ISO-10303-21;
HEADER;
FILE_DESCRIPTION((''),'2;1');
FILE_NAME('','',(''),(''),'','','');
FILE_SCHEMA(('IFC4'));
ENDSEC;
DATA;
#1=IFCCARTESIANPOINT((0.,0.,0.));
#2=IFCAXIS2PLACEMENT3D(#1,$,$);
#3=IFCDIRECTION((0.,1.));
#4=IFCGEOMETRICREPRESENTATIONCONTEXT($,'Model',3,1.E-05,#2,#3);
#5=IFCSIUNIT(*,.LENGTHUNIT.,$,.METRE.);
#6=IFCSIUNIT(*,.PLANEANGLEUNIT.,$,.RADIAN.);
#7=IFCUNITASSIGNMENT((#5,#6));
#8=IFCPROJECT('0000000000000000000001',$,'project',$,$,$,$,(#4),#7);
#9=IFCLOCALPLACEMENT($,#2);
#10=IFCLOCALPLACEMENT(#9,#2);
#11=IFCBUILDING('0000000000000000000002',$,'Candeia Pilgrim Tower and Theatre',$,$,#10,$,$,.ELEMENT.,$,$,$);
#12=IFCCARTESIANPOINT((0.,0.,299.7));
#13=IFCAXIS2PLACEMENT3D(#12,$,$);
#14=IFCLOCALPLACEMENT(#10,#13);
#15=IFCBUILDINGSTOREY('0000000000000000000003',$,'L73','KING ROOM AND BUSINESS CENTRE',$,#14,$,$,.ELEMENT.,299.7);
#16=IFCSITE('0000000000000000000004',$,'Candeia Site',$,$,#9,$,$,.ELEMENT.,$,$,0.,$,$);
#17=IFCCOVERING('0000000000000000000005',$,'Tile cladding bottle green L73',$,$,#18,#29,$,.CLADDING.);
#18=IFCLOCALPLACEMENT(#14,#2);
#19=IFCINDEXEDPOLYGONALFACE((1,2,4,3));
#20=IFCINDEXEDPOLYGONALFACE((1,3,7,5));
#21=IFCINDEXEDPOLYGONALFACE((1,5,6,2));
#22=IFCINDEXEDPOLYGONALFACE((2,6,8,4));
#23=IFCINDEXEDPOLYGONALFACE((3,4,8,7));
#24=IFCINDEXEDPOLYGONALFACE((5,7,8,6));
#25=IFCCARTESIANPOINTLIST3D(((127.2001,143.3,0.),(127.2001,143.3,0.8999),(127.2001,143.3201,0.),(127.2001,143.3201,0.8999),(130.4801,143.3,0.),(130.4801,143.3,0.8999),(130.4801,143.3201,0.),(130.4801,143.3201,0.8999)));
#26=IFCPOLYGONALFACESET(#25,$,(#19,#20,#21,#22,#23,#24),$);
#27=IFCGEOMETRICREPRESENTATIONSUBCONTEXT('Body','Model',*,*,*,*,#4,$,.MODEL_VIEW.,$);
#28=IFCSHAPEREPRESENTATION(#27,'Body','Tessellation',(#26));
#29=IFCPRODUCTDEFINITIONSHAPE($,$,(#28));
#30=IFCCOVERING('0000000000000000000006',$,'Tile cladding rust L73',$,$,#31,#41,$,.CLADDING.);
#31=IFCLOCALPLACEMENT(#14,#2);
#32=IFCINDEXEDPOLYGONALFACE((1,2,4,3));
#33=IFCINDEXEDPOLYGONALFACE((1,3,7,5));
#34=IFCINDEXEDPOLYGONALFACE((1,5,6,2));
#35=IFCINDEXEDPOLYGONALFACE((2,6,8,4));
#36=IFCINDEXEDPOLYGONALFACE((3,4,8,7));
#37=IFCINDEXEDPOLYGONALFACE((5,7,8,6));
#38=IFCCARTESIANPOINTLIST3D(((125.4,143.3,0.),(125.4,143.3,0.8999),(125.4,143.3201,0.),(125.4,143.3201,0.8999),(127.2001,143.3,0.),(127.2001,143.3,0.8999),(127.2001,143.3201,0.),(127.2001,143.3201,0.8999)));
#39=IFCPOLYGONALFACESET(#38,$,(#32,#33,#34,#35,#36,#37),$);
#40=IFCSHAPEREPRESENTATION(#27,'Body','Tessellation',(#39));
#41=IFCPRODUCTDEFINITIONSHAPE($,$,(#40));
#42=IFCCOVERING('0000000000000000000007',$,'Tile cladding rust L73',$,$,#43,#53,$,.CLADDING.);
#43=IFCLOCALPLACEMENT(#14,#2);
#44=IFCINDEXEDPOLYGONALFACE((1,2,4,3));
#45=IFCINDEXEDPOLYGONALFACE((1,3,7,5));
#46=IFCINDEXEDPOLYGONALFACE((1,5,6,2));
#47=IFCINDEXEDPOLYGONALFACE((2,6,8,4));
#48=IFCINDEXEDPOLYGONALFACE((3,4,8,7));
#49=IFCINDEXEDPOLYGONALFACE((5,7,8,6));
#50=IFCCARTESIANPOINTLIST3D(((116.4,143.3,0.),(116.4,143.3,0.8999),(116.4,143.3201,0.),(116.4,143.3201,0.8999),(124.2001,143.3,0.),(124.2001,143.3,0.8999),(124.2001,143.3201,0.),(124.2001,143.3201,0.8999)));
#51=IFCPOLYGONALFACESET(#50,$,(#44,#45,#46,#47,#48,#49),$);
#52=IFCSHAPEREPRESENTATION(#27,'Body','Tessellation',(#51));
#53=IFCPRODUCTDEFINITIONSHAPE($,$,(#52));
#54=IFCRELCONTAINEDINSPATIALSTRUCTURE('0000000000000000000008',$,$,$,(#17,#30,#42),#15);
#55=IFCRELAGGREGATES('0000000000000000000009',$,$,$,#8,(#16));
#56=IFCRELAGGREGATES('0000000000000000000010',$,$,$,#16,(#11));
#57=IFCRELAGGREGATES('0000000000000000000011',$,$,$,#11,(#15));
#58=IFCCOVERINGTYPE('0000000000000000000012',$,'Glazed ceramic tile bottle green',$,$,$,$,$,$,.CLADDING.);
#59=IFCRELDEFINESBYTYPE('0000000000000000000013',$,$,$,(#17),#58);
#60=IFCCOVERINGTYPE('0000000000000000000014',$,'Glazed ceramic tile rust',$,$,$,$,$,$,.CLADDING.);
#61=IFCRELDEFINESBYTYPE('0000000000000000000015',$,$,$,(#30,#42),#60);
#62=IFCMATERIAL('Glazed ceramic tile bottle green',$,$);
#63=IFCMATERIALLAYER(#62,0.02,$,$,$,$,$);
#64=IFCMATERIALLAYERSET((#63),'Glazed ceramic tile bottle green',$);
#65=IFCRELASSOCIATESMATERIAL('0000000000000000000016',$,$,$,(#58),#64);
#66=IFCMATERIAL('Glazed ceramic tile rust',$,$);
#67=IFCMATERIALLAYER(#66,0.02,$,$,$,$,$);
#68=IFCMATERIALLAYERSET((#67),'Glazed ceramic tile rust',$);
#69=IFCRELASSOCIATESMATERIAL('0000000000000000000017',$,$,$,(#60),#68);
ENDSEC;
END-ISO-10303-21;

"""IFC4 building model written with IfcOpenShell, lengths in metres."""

from ifc_helpers import new_model, si_unit, direction, frame, origin, origin_2d, place, context, subcontext, project, spatial, rectangle, extrude, material, layer, layer_set, type_object, element, save


model = new_model("IFC4")

# Units and contexts
model_context = context("Model", 3, precision=1e-05, world=origin(), true_north=direction((0.0, 1.0)))
body_context = subcontext(model_context, "Body", "Model", "MODEL_VIEW")
ifc_project = project(units=[si_unit("LENGTHUNIT", "METRE"), si_unit("PLANEANGLEUNIT", "RADIAN")], contexts=[model_context])

# Site, building, storey
site_placement = place(None, origin())
site = spatial("IfcSite", under=ifc_project, at=site_placement, Name="Candeia Site", CompositionType="ELEMENT", RefElevation=0.0)
building_placement = place(site_placement, origin())
building = spatial("IfcBuilding", under=site, at=building_placement, Name="Candeia Pilgrim Tower and Theatre", CompositionType="ELEMENT")
storey_placement = place(building_placement, frame((0.0, 0.0, 299.7)))
storey = spatial("IfcBuildingStorey", under=building, at=storey_placement, Name="L73", Description="KING ROOM AND BUSINESS CENTRE", CompositionType="ELEMENT", Elevation=299.7)

# Coverings
ifc_material_1 = material(Name="Glazed ceramic tile bottle green")
ifc_layer_1 = layer(ifc_material_1, 0.02)
ifc_layer_set_1 = layer_set([ifc_layer_1], Name="Glazed ceramic tile bottle green")
covering_type_1 = type_object("IfcCoveringType", Name="Glazed ceramic tile bottle green", PredefinedType="CLADDING", material=ifc_layer_set_1)
covering_1_placement = place(storey_placement, frame((128.8401, 143.3101, 0.0), z_axis=(0.0, 0.0, 1.0), x_axis=(-1.0, 0.0, 0.0)))
element("IfcCovering", 1, at=covering_1_placement, inside=storey, type_object=covering_type_1, Name="Tile cladding bottle green L73", PredefinedType="CLADDING", context=body_context, shape_type="SweptSolid", body=[
    extrude(rectangle(XDim=3.28, YDim=0.02, at=origin_2d()), origin(), (0.0, 0.0, 1.0), 0.8999),
])
ifc_material_2 = material(Name="Glazed ceramic tile rust")
ifc_layer_2 = layer(ifc_material_2, 0.02)
ifc_layer_set_2 = layer_set([ifc_layer_2], Name="Glazed ceramic tile rust")
covering_type_2 = type_object("IfcCoveringType", Name="Glazed ceramic tile rust", PredefinedType="CLADDING", material=ifc_layer_set_2)
covering_2_placement = place(storey_placement, frame((126.3, 143.3101, 0.0), z_axis=(0.0, 0.0, 1.0), x_axis=(-1.0, 0.0, 0.0)))
element("IfcCovering", 2, at=covering_2_placement, inside=storey, type_object=covering_type_2, Name="Tile cladding rust L73", PredefinedType="CLADDING", context=body_context, shape_type="SweptSolid", body=[
    extrude(rectangle(XDim=1.8, YDim=0.02, at=origin_2d()), origin(), (0.0, 0.0, 1.0), 0.8999),
])
covering_3_placement = place(storey_placement, frame((120.3, 143.3101, 0.0), z_axis=(0.0, 0.0, 1.0), x_axis=(-1.0, 0.0, 0.0)))
element("IfcCovering", 3, at=covering_3_placement, inside=storey, type_object=covering_type_2, Name="Tile cladding rust L73", PredefinedType="CLADDING", context=body_context, shape_type="SweptSolid", body=[
    extrude(rectangle(XDim=7.8, YDim=0.02, at=origin_2d()), origin(), (0.0, 0.0, 1.0), 0.8999),
])

save(model, "model.ifc")
